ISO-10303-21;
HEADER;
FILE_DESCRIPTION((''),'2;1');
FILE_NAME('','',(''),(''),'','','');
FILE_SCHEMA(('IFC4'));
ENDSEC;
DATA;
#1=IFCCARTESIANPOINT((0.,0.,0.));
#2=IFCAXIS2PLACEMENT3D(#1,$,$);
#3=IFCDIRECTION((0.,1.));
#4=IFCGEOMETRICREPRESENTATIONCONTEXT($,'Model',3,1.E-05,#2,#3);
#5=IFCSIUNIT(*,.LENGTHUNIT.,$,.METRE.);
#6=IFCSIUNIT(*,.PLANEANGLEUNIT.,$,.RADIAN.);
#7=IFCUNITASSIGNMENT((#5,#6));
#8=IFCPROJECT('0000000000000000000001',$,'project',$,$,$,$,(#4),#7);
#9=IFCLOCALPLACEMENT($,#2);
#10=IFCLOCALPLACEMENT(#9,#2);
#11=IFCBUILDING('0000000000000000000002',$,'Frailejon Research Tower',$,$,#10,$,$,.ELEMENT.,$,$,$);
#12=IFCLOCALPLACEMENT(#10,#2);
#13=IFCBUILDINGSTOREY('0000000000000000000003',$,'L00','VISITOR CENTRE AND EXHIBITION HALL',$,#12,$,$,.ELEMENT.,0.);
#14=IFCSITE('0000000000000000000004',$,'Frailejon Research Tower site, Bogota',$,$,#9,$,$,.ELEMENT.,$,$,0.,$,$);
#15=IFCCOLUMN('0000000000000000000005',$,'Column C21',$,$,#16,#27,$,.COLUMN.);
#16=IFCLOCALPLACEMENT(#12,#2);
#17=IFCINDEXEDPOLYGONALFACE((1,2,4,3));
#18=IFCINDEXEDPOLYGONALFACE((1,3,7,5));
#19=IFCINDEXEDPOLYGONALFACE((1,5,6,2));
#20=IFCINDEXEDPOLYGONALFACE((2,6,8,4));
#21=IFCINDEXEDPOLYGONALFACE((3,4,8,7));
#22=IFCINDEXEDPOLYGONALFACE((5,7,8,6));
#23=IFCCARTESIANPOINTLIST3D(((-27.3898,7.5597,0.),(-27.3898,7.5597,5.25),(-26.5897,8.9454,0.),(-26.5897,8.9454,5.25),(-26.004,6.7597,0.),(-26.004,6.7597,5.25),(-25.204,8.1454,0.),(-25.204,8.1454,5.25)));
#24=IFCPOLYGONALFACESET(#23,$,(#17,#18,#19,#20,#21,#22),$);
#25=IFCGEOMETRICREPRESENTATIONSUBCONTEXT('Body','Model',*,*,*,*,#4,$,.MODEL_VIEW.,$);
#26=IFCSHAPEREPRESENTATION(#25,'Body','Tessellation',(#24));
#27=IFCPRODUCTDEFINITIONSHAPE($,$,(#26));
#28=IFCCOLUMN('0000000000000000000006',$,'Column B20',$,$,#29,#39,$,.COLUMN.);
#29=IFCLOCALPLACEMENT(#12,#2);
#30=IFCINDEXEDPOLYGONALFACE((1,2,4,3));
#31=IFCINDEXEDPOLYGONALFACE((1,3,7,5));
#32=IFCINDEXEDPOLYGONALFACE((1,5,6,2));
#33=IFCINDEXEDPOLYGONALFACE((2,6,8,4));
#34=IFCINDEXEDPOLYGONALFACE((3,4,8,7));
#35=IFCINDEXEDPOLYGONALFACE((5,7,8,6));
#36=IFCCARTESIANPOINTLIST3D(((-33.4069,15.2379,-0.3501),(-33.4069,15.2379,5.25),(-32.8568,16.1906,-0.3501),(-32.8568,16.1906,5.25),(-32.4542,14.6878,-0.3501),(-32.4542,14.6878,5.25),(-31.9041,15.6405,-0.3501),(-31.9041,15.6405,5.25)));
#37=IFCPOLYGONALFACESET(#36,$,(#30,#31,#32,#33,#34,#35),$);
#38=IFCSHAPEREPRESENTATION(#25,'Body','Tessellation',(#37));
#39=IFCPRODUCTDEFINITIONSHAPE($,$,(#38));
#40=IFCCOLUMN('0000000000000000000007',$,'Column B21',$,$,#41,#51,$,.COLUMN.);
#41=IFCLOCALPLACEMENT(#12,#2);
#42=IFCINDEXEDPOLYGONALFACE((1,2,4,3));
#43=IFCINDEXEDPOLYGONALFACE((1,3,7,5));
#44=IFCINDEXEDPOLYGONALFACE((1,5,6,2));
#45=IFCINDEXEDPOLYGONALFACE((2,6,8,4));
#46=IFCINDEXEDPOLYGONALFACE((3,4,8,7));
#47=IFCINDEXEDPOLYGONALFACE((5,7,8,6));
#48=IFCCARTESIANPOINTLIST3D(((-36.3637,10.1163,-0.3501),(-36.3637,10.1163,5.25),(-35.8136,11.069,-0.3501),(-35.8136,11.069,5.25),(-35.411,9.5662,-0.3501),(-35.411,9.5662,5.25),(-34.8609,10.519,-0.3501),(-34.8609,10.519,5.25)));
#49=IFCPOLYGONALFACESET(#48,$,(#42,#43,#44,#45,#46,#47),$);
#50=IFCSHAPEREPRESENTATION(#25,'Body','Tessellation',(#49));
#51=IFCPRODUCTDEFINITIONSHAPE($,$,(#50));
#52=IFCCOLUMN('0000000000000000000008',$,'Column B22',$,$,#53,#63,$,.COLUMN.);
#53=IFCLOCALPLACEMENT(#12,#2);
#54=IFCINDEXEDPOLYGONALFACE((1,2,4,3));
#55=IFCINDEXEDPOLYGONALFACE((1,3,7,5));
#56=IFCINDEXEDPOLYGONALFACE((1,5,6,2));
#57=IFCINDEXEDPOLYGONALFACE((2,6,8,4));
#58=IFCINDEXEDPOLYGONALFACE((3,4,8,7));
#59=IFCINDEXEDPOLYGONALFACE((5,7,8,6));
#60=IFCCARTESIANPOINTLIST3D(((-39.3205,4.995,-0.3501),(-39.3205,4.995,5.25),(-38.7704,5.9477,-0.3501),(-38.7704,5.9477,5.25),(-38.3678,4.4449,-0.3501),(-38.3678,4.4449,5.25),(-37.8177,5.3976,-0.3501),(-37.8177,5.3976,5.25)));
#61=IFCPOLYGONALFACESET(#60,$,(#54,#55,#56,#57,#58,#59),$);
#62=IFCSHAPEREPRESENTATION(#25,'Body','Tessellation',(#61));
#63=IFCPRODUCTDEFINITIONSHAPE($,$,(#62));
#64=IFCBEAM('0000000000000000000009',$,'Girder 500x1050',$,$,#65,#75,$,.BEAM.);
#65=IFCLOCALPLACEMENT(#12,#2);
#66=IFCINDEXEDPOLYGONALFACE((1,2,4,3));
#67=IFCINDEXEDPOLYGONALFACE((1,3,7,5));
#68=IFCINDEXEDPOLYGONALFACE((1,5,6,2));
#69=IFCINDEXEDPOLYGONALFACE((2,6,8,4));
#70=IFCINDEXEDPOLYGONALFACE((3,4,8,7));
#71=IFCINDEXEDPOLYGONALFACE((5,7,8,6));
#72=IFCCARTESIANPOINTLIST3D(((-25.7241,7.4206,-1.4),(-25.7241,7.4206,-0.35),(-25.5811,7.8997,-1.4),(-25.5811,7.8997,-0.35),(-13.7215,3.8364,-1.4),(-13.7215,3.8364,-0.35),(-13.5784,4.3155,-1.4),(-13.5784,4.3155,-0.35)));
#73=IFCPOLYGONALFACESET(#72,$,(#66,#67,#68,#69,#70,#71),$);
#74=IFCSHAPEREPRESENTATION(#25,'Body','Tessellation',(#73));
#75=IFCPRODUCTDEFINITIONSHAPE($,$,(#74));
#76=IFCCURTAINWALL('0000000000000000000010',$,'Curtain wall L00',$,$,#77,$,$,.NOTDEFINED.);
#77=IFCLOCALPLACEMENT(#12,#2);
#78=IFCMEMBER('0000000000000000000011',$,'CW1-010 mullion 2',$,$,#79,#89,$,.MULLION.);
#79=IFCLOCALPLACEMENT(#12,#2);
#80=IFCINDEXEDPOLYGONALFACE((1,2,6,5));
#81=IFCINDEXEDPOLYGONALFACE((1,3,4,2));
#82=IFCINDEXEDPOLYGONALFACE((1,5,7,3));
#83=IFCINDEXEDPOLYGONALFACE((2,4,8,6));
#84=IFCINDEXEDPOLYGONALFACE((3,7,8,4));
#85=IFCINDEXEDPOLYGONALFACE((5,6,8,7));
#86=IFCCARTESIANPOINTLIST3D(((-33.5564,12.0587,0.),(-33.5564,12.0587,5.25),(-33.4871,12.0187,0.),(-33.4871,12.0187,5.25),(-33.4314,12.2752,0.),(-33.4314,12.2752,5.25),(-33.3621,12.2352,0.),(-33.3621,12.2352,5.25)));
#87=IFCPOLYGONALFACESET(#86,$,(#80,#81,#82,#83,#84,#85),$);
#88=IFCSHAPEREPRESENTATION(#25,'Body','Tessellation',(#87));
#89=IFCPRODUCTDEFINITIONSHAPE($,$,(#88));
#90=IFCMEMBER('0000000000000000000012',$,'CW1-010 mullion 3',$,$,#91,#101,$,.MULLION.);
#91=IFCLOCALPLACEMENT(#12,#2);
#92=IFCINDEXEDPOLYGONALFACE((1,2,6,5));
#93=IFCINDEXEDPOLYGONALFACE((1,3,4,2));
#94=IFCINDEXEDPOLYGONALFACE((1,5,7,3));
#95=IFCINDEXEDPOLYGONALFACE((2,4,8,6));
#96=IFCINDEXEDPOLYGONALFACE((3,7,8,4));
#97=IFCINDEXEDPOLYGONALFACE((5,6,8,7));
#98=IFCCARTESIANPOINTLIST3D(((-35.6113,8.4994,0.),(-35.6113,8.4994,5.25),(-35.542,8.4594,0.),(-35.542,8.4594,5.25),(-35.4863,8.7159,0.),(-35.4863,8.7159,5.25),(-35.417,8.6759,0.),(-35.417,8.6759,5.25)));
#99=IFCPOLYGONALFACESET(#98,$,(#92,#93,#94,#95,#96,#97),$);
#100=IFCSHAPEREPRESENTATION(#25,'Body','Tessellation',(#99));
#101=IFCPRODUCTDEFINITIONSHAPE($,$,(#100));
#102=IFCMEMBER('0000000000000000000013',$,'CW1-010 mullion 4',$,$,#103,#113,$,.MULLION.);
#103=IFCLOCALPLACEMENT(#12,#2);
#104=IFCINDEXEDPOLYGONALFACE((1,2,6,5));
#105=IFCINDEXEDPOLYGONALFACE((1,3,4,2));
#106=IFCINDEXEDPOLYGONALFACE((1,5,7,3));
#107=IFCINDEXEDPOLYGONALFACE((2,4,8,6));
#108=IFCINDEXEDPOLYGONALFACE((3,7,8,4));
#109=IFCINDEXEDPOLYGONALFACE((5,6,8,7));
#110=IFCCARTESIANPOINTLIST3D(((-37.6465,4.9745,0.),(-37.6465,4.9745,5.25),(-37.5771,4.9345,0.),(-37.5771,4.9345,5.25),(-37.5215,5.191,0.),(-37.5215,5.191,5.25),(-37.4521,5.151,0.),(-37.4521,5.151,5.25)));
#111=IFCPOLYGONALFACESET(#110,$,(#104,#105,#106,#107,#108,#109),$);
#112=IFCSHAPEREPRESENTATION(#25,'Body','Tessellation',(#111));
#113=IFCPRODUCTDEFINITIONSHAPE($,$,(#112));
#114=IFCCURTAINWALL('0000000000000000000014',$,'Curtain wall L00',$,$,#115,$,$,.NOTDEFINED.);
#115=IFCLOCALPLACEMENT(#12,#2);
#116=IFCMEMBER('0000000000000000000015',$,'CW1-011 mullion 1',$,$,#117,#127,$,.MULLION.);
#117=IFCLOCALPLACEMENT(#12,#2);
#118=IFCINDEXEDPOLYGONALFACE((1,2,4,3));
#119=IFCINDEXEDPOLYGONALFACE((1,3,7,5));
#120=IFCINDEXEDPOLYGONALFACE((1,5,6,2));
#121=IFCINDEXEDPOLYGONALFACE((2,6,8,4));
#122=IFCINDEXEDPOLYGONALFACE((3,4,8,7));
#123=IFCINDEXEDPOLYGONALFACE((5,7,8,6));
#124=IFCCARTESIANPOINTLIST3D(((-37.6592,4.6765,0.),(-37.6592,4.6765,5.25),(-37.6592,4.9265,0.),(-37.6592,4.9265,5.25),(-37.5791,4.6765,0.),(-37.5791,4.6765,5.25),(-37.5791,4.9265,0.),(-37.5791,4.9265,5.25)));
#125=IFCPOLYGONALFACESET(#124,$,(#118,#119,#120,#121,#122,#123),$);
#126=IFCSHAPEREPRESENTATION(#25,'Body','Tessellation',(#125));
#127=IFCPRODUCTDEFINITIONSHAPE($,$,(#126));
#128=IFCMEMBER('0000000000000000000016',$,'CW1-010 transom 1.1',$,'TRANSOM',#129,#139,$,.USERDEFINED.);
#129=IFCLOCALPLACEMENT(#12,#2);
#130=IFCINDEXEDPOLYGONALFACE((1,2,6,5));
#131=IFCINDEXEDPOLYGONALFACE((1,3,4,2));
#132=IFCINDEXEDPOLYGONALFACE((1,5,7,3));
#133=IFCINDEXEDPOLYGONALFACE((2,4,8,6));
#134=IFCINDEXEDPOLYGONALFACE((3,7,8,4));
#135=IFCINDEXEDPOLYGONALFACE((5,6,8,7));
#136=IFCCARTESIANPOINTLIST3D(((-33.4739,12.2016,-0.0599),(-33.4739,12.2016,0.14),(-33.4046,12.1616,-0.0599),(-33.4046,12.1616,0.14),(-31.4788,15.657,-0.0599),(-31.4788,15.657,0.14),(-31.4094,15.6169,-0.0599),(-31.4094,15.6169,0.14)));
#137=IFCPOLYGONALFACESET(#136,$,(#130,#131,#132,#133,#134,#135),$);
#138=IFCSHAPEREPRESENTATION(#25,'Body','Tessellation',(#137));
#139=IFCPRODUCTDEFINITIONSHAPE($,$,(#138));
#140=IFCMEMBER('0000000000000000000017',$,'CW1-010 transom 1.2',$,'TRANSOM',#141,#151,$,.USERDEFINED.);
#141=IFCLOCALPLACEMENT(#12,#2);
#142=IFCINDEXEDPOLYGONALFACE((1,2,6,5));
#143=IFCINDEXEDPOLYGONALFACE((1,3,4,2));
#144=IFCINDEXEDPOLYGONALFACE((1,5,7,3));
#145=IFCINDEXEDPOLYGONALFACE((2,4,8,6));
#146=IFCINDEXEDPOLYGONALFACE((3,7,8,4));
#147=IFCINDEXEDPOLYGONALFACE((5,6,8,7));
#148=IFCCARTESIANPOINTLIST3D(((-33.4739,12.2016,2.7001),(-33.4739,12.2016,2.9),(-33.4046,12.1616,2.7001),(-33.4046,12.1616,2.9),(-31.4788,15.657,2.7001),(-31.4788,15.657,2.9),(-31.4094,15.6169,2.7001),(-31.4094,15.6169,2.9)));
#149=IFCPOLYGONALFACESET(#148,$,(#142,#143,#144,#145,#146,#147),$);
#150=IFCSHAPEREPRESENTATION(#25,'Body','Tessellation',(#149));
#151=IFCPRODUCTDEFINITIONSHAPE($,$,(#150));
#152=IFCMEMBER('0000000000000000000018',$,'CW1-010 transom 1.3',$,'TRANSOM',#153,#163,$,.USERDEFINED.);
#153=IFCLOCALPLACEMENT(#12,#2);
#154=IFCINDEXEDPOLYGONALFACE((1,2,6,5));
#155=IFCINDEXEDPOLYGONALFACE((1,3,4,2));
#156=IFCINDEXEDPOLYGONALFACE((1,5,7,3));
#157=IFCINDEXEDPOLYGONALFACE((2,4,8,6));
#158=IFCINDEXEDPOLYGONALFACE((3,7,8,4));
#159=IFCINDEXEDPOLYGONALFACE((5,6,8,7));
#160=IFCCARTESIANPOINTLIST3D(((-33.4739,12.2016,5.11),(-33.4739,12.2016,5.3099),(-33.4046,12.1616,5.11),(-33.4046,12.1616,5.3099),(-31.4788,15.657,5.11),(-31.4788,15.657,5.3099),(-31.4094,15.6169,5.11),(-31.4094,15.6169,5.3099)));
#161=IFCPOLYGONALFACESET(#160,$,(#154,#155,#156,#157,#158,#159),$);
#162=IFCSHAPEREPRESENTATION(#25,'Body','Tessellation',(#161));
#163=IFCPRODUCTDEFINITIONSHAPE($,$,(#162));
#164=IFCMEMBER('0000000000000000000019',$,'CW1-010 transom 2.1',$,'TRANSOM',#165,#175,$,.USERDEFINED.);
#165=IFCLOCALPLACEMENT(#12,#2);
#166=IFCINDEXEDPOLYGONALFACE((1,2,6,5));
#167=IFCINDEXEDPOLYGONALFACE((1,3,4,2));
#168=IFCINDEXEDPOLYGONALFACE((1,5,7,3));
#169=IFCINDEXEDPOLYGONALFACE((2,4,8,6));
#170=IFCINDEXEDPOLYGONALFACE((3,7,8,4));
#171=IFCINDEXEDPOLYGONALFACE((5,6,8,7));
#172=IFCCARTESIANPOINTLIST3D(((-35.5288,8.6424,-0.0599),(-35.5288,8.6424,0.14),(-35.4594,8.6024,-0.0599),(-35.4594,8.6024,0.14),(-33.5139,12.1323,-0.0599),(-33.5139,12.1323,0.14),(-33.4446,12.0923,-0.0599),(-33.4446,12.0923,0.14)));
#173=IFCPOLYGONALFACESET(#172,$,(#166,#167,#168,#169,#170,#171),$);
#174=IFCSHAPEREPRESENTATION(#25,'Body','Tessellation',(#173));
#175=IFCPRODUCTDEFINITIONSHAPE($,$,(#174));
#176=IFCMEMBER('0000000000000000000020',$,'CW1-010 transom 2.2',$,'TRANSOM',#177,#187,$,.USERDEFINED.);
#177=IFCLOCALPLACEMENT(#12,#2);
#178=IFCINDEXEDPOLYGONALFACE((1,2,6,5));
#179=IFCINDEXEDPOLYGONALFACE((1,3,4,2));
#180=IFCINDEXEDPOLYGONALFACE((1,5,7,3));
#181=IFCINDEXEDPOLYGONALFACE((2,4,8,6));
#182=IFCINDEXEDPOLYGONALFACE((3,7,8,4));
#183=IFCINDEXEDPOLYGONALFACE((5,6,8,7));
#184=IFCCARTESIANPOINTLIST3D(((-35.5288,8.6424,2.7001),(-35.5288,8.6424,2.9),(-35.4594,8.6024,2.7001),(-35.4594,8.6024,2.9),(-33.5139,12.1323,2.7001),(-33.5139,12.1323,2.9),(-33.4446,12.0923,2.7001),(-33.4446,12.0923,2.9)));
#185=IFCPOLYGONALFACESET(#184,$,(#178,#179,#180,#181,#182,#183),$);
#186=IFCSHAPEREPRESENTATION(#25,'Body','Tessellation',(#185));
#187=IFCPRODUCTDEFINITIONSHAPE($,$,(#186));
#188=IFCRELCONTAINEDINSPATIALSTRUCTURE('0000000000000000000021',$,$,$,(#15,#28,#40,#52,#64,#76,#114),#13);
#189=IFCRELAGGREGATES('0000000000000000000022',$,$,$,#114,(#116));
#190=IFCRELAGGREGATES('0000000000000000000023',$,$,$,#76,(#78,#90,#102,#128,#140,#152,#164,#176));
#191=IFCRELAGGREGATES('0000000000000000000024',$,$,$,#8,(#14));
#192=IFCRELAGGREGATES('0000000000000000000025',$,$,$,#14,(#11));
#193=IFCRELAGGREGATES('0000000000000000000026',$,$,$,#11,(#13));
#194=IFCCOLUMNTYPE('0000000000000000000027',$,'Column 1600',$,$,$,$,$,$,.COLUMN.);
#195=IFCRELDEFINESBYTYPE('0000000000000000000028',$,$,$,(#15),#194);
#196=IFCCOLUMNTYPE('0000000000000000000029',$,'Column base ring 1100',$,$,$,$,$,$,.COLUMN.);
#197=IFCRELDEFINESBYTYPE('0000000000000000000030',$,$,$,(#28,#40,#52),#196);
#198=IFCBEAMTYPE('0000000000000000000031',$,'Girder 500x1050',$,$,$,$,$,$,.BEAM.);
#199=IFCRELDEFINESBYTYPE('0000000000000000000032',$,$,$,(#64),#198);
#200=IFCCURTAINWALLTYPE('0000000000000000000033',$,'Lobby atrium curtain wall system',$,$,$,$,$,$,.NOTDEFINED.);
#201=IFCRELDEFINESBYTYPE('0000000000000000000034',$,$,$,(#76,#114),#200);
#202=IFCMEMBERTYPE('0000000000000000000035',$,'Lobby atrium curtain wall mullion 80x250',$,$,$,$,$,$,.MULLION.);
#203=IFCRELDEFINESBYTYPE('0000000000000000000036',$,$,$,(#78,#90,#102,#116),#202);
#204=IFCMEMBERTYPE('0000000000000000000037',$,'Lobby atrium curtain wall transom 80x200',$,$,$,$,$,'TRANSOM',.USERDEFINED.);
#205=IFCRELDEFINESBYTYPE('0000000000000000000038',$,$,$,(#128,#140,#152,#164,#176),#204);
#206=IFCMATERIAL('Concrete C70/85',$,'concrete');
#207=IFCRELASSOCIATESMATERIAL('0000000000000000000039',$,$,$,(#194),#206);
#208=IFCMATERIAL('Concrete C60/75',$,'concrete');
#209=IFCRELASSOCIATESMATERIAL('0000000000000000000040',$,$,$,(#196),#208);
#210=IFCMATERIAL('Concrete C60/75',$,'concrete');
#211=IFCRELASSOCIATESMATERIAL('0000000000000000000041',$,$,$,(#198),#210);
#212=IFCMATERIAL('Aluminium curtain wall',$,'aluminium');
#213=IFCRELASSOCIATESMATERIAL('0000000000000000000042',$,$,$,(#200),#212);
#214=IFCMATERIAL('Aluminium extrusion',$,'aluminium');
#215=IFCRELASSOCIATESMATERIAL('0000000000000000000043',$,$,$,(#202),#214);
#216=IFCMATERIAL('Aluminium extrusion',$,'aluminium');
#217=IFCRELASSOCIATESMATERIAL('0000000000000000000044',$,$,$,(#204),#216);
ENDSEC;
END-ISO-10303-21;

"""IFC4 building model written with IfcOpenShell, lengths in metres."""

from ifc_helpers import new_model, si_unit, direction, frame, origin, origin_2d, place, context, subcontext, project, spatial, rectangle, extrude, material, material_profile, profile_set, type_object, element, aggregate, save


model = new_model("IFC4")

# Units and contexts
model_context = context("Model", 3, precision=1e-05, world=origin(), true_north=direction((0.0, 1.0)))
body_context = subcontext(model_context, "Body", "Model", "MODEL_VIEW")
ifc_project = project(units=[si_unit("LENGTHUNIT", "METRE"), si_unit("PLANEANGLEUNIT", "RADIAN")], contexts=[model_context])

# Site, building, storey
site_placement = place(None, origin())
site = spatial("IfcSite", under=ifc_project, at=site_placement, Name="Frailejon Research Tower site, Bogota", CompositionType="ELEMENT", RefElevation=0.0)
building_placement = place(site_placement, origin())
building = spatial("IfcBuilding", under=site, at=building_placement, Name="Frailejon Research Tower", CompositionType="ELEMENT")
storey_placement = place(building_placement, origin())
storey = spatial("IfcBuildingStorey", under=building, at=storey_placement, Name="L00", Description="VISITOR CENTRE AND EXHIBITION HALL", CompositionType="ELEMENT", Elevation=0.0)

# Columns
ifc_material_1 = material(Name="Concrete C70/85", Category="concrete")
ifc_material_profile_1 = material_profile(ifc_material_1, rectangle(XDim=1.6001, YDim=1.6001, at=origin_2d()), Name="Column 1600")
ifc_profile_set_1 = profile_set([ifc_material_profile_1], Name="Concrete C70/85")
column_type_1 = type_object("IfcColumnType", Name="Column 1600", PredefinedType="COLUMN", material=ifc_profile_set_1)
column_placement = place(storey_placement, frame((-26.2969, 7.8525, 0.0), z_axis=(0.0, 0.0, 1.0), x_axis=(-0.5, -0.866025, 0.0)))
element("IfcColumn", 1, at=column_placement, inside=storey, type_object=column_type_1, Name="Column C21", PredefinedType="COLUMN", context=body_context, shape_type="SweptSolid", body=[
    extrude(rectangle(XDim=1.6001, YDim=1.6001, at=origin_2d()), origin(), (0.0, 0.0, 1.0), 5.25),
])
ifc_material_2 = material(Name="Concrete C60/75", Category="concrete")
ifc_material_profile_2 = material_profile(ifc_material_2, rectangle(XDim=1.1001, YDim=1.1001, at=origin_2d()), Name="Column base ring 1100")
ifc_profile_set_2 = profile_set([ifc_material_profile_2], Name="Concrete C60/75")
column_type_2 = type_object("IfcColumnType", Name="Column base ring 1100", PredefinedType="COLUMN", material=ifc_profile_set_2)
for number, where, z_axis, x_axis, name in (
    (2, (-32.6555, 15.4392, -0.3501), (0.0, 0.0, 1.0), (-0.5, -0.866025, 0.0), "Column B20"),
    (3, (-35.6123, 10.3176, -0.3501), (0.0, 0.0, 1.0), (-0.5, -0.866025, 0.0), "Column B21"),
    (4, (-38.5691, 5.1963, -0.3501), (0.0, 0.0, 1.0), (-0.5, -0.866025, 0.0), "Column B22"),
):
    element("IfcColumn", number, at=place(storey_placement, frame(where, z_axis=z_axis, x_axis=x_axis)), inside=storey, type_object=column_type_2, Name=name, PredefinedType="COLUMN", context=body_context, shape_type="SweptSolid", body=[
        extrude(rectangle(XDim=1.1001, YDim=1.1001, at=origin_2d()), origin(), (0.0, 0.0, 1.0), 5.6001),
    ])

# Beam
ifc_material_3 = material(Name="Concrete C60/75", Category="concrete")
ifc_material_profile_3 = material_profile(ifc_material_3, rectangle(XDim=0.5, YDim=1.05, at=origin_2d()), Name="Girder 500x1050")
ifc_profile_set_3 = profile_set([ifc_material_profile_3], Name="Concrete C60/75")
beam_type_1 = type_object("IfcBeamType", Name="Girder 500x1050", PredefinedType="BEAM", material=ifc_profile_set_3)
beam_1_placement = place(storey_placement, frame((-25.6526, 7.6602, -0.875), z_axis=(0.95819, -0.286134, 0.0), x_axis=(0.286134, 0.95819, 0.0)))
element("IfcBeam", 5, at=beam_1_placement, inside=storey, type_object=beam_type_1, Name="Girder 500x1050", PredefinedType="BEAM", context=body_context, shape_type="SweptSolid", body=[
    extrude(rectangle(XDim=0.5, YDim=1.05, at=origin_2d()), origin(), (0.0, 0.0, 1.0), 12.5264),
])

# Curtain wall, members
ifc_material_4 = material(Name="Aluminium curtain wall", Category="aluminium")
curtain_wall_type = type_object("IfcCurtainWallType", Name="Lobby atrium curtain wall system", PredefinedType="NOTDEFINED", material=ifc_material_4)
curtain_wall_1_placement = place(storey_placement, origin())
curtain_wall_1 = element("IfcCurtainWall", 6, at=curtain_wall_1_placement, inside=storey, type_object=curtain_wall_type, Name="Curtain wall L00", PredefinedType="NOTDEFINED")
ifc_material_5 = material(Name="Aluminium extrusion", Category="aluminium")
ifc_material_profile_4 = material_profile(ifc_material_5, rectangle(XDim=0.0801, YDim=0.25, at=origin_2d()), Name="Lobby atrium curtain wall mullion 80x250")
ifc_profile_set_4 = profile_set([ifc_material_profile_4], Name="Aluminium extrusion")
member_type_1 = type_object("IfcMemberType", Name="Lobby atrium curtain wall mullion 80x250", PredefinedType="MULLION", material=ifc_profile_set_4)
member_1_placement = place(storey_placement, frame((-33.4592, 12.147, 0.0), z_axis=(0.0, 0.0, 1.0), x_axis=(0.866026, -0.5, 0.0)))
member_1 = element("IfcMember", 7, at=member_1_placement, type_object=member_type_1, Name="CW1-010 mullion 2", PredefinedType="MULLION", context=body_context, shape_type="SweptSolid", body=[
    extrude(rectangle(XDim=0.0801, YDim=0.25, at=origin_2d()), origin(), (0.0, 0.0, 1.0), 5.25),
])
member_2_placement = place(storey_placement, frame((-35.5142, 8.5876, 0.0), z_axis=(0.0, 0.0, 1.0), x_axis=(0.866026, -0.5, 0.0)))
member_2 = element("IfcMember", 8, at=member_2_placement, type_object=member_type_1, Name="CW1-010 mullion 3", PredefinedType="MULLION", context=body_context, shape_type="SweptSolid", body=[
    extrude(rectangle(XDim=0.0801, YDim=0.25, at=origin_2d()), origin(), (0.0, 0.0, 1.0), 5.25),
])
member_3_placement = place(storey_placement, frame((-37.5493, 5.0627, 0.0), z_axis=(0.0, 0.0, 1.0), x_axis=(0.866026, -0.5, 0.0)))
member_3 = element("IfcMember", 9, at=member_3_placement, type_object=member_type_1, Name="CW1-010 mullion 4", PredefinedType="MULLION", context=body_context, shape_type="SweptSolid", body=[
    extrude(rectangle(XDim=0.0801, YDim=0.25, at=origin_2d()), origin(), (0.0, 0.0, 1.0), 5.25),
])

# Curtain wall, member
curtain_wall_2_placement = place(storey_placement, origin())
curtain_wall_2 = element("IfcCurtainWall", 10, at=curtain_wall_2_placement, inside=storey, type_object=curtain_wall_type, Name="Curtain wall L00", PredefinedType="NOTDEFINED")
member_4_placement = place(storey_placement, frame((-37.6191, 4.8015, 0.0), z_axis=(0.0, 0.0, 1.0), x_axis=(1.0, 0.0, 0.0)))
member_4 = element("IfcMember", 11, at=member_4_placement, type_object=member_type_1, Name="CW1-011 mullion 1", PredefinedType="MULLION", context=body_context, shape_type="SweptSolid", body=[
    extrude(rectangle(XDim=0.0801, YDim=0.25, at=origin_2d()), origin(), (0.0, 0.0, 1.0), 5.25),
])
aggregate(curtain_wall_2, [member_4])

# Members
ifc_material_6 = material(Name="Aluminium extrusion", Category="aluminium")
ifc_material_profile_5 = material_profile(ifc_material_6, rectangle(XDim=0.0801, YDim=0.2, at=origin_2d()), Name="Lobby atrium curtain wall transom 80x200")
ifc_profile_set_5 = profile_set([ifc_material_profile_5], Name="Aluminium extrusion")
member_type_2 = type_object("IfcMemberType", Name="Lobby atrium curtain wall transom 80x200", ElementType="TRANSOM", PredefinedType="USERDEFINED", material=ifc_profile_set_5)
member_5_placement = place(storey_placement, frame((-31.4441, 15.637, 0.04), z_axis=(-0.500035, -0.866005, 0.0), x_axis=(0.866005, -0.500035, 0.0)))
member_5 = element("IfcMember", 12, at=member_5_placement, type_object=member_type_2, Name="CW1-010 transom 1.1", ObjectType="TRANSOM", PredefinedType="USERDEFINED", context=body_context, shape_type="SweptSolid", body=[
    extrude(rectangle(XDim=0.0801, YDim=0.2, at=origin_2d()), origin(), (0.0, 0.0, 1.0), 3.99),
])
member_6_placement = place(storey_placement, frame((-31.4441, 15.637, 2.8), z_axis=(-0.500035, -0.866005, 0.0), x_axis=(0.866005, -0.500035, 0.0)))
member_6 = element("IfcMember", 13, at=member_6_placement, type_object=member_type_2, Name="CW1-010 transom 1.2", ObjectType="TRANSOM", PredefinedType="USERDEFINED", context=body_context, shape_type="SweptSolid", body=[
    extrude(rectangle(XDim=0.0801, YDim=0.2, at=origin_2d()), origin(), (0.0, 0.0, 1.0), 3.99),
])
member_7_placement = place(storey_placement, frame((-31.4441, 15.637, 5.21), z_axis=(-0.500035, -0.866005, 0.0), x_axis=(0.866005, -0.500035, 0.0)))
member_7 = element("IfcMember", 14, at=member_7_placement, type_object=member_type_2, Name="CW1-010 transom 1.3", ObjectType="TRANSOM", PredefinedType="USERDEFINED", context=body_context, shape_type="SweptSolid", body=[
    extrude(rectangle(XDim=0.0801, YDim=0.2, at=origin_2d()), origin(), (0.0, 0.0, 1.0), 3.99),
])
member_8_placement = place(storey_placement, frame((-33.4792, 12.1123, 0.04), z_axis=(-0.49999, -0.866031, 0.0), x_axis=(0.866031, -0.49999, 0.0)))
member_8 = element("IfcMember", 15, at=member_8_placement, type_object=member_type_2, Name="CW1-010 transom 2.1", ObjectType="TRANSOM", PredefinedType="USERDEFINED", context=body_context, shape_type="SweptSolid", body=[
    extrude(rectangle(XDim=0.0801, YDim=0.2, at=origin_2d()), origin(), (0.0, 0.0, 1.0), 4.0298),
])
member_9_placement = place(storey_placement, frame((-33.4792, 12.1123, 2.8), z_axis=(-0.49999, -0.866031, 0.0), x_axis=(0.866031, -0.49999, 0.0)))
member_9 = element("IfcMember", 16, at=member_9_placement, type_object=member_type_2, Name="CW1-010 transom 2.2", ObjectType="TRANSOM", PredefinedType="USERDEFINED", context=body_context, shape_type="SweptSolid", body=[
    extrude(rectangle(XDim=0.0801, YDim=0.2, at=origin_2d()), origin(), (0.0, 0.0, 1.0), 4.0298),
])

aggregate(curtain_wall_1, [member_1, member_2, member_3, member_5, member_6, member_7, member_8, member_9])

save(model, "model.ifc")
